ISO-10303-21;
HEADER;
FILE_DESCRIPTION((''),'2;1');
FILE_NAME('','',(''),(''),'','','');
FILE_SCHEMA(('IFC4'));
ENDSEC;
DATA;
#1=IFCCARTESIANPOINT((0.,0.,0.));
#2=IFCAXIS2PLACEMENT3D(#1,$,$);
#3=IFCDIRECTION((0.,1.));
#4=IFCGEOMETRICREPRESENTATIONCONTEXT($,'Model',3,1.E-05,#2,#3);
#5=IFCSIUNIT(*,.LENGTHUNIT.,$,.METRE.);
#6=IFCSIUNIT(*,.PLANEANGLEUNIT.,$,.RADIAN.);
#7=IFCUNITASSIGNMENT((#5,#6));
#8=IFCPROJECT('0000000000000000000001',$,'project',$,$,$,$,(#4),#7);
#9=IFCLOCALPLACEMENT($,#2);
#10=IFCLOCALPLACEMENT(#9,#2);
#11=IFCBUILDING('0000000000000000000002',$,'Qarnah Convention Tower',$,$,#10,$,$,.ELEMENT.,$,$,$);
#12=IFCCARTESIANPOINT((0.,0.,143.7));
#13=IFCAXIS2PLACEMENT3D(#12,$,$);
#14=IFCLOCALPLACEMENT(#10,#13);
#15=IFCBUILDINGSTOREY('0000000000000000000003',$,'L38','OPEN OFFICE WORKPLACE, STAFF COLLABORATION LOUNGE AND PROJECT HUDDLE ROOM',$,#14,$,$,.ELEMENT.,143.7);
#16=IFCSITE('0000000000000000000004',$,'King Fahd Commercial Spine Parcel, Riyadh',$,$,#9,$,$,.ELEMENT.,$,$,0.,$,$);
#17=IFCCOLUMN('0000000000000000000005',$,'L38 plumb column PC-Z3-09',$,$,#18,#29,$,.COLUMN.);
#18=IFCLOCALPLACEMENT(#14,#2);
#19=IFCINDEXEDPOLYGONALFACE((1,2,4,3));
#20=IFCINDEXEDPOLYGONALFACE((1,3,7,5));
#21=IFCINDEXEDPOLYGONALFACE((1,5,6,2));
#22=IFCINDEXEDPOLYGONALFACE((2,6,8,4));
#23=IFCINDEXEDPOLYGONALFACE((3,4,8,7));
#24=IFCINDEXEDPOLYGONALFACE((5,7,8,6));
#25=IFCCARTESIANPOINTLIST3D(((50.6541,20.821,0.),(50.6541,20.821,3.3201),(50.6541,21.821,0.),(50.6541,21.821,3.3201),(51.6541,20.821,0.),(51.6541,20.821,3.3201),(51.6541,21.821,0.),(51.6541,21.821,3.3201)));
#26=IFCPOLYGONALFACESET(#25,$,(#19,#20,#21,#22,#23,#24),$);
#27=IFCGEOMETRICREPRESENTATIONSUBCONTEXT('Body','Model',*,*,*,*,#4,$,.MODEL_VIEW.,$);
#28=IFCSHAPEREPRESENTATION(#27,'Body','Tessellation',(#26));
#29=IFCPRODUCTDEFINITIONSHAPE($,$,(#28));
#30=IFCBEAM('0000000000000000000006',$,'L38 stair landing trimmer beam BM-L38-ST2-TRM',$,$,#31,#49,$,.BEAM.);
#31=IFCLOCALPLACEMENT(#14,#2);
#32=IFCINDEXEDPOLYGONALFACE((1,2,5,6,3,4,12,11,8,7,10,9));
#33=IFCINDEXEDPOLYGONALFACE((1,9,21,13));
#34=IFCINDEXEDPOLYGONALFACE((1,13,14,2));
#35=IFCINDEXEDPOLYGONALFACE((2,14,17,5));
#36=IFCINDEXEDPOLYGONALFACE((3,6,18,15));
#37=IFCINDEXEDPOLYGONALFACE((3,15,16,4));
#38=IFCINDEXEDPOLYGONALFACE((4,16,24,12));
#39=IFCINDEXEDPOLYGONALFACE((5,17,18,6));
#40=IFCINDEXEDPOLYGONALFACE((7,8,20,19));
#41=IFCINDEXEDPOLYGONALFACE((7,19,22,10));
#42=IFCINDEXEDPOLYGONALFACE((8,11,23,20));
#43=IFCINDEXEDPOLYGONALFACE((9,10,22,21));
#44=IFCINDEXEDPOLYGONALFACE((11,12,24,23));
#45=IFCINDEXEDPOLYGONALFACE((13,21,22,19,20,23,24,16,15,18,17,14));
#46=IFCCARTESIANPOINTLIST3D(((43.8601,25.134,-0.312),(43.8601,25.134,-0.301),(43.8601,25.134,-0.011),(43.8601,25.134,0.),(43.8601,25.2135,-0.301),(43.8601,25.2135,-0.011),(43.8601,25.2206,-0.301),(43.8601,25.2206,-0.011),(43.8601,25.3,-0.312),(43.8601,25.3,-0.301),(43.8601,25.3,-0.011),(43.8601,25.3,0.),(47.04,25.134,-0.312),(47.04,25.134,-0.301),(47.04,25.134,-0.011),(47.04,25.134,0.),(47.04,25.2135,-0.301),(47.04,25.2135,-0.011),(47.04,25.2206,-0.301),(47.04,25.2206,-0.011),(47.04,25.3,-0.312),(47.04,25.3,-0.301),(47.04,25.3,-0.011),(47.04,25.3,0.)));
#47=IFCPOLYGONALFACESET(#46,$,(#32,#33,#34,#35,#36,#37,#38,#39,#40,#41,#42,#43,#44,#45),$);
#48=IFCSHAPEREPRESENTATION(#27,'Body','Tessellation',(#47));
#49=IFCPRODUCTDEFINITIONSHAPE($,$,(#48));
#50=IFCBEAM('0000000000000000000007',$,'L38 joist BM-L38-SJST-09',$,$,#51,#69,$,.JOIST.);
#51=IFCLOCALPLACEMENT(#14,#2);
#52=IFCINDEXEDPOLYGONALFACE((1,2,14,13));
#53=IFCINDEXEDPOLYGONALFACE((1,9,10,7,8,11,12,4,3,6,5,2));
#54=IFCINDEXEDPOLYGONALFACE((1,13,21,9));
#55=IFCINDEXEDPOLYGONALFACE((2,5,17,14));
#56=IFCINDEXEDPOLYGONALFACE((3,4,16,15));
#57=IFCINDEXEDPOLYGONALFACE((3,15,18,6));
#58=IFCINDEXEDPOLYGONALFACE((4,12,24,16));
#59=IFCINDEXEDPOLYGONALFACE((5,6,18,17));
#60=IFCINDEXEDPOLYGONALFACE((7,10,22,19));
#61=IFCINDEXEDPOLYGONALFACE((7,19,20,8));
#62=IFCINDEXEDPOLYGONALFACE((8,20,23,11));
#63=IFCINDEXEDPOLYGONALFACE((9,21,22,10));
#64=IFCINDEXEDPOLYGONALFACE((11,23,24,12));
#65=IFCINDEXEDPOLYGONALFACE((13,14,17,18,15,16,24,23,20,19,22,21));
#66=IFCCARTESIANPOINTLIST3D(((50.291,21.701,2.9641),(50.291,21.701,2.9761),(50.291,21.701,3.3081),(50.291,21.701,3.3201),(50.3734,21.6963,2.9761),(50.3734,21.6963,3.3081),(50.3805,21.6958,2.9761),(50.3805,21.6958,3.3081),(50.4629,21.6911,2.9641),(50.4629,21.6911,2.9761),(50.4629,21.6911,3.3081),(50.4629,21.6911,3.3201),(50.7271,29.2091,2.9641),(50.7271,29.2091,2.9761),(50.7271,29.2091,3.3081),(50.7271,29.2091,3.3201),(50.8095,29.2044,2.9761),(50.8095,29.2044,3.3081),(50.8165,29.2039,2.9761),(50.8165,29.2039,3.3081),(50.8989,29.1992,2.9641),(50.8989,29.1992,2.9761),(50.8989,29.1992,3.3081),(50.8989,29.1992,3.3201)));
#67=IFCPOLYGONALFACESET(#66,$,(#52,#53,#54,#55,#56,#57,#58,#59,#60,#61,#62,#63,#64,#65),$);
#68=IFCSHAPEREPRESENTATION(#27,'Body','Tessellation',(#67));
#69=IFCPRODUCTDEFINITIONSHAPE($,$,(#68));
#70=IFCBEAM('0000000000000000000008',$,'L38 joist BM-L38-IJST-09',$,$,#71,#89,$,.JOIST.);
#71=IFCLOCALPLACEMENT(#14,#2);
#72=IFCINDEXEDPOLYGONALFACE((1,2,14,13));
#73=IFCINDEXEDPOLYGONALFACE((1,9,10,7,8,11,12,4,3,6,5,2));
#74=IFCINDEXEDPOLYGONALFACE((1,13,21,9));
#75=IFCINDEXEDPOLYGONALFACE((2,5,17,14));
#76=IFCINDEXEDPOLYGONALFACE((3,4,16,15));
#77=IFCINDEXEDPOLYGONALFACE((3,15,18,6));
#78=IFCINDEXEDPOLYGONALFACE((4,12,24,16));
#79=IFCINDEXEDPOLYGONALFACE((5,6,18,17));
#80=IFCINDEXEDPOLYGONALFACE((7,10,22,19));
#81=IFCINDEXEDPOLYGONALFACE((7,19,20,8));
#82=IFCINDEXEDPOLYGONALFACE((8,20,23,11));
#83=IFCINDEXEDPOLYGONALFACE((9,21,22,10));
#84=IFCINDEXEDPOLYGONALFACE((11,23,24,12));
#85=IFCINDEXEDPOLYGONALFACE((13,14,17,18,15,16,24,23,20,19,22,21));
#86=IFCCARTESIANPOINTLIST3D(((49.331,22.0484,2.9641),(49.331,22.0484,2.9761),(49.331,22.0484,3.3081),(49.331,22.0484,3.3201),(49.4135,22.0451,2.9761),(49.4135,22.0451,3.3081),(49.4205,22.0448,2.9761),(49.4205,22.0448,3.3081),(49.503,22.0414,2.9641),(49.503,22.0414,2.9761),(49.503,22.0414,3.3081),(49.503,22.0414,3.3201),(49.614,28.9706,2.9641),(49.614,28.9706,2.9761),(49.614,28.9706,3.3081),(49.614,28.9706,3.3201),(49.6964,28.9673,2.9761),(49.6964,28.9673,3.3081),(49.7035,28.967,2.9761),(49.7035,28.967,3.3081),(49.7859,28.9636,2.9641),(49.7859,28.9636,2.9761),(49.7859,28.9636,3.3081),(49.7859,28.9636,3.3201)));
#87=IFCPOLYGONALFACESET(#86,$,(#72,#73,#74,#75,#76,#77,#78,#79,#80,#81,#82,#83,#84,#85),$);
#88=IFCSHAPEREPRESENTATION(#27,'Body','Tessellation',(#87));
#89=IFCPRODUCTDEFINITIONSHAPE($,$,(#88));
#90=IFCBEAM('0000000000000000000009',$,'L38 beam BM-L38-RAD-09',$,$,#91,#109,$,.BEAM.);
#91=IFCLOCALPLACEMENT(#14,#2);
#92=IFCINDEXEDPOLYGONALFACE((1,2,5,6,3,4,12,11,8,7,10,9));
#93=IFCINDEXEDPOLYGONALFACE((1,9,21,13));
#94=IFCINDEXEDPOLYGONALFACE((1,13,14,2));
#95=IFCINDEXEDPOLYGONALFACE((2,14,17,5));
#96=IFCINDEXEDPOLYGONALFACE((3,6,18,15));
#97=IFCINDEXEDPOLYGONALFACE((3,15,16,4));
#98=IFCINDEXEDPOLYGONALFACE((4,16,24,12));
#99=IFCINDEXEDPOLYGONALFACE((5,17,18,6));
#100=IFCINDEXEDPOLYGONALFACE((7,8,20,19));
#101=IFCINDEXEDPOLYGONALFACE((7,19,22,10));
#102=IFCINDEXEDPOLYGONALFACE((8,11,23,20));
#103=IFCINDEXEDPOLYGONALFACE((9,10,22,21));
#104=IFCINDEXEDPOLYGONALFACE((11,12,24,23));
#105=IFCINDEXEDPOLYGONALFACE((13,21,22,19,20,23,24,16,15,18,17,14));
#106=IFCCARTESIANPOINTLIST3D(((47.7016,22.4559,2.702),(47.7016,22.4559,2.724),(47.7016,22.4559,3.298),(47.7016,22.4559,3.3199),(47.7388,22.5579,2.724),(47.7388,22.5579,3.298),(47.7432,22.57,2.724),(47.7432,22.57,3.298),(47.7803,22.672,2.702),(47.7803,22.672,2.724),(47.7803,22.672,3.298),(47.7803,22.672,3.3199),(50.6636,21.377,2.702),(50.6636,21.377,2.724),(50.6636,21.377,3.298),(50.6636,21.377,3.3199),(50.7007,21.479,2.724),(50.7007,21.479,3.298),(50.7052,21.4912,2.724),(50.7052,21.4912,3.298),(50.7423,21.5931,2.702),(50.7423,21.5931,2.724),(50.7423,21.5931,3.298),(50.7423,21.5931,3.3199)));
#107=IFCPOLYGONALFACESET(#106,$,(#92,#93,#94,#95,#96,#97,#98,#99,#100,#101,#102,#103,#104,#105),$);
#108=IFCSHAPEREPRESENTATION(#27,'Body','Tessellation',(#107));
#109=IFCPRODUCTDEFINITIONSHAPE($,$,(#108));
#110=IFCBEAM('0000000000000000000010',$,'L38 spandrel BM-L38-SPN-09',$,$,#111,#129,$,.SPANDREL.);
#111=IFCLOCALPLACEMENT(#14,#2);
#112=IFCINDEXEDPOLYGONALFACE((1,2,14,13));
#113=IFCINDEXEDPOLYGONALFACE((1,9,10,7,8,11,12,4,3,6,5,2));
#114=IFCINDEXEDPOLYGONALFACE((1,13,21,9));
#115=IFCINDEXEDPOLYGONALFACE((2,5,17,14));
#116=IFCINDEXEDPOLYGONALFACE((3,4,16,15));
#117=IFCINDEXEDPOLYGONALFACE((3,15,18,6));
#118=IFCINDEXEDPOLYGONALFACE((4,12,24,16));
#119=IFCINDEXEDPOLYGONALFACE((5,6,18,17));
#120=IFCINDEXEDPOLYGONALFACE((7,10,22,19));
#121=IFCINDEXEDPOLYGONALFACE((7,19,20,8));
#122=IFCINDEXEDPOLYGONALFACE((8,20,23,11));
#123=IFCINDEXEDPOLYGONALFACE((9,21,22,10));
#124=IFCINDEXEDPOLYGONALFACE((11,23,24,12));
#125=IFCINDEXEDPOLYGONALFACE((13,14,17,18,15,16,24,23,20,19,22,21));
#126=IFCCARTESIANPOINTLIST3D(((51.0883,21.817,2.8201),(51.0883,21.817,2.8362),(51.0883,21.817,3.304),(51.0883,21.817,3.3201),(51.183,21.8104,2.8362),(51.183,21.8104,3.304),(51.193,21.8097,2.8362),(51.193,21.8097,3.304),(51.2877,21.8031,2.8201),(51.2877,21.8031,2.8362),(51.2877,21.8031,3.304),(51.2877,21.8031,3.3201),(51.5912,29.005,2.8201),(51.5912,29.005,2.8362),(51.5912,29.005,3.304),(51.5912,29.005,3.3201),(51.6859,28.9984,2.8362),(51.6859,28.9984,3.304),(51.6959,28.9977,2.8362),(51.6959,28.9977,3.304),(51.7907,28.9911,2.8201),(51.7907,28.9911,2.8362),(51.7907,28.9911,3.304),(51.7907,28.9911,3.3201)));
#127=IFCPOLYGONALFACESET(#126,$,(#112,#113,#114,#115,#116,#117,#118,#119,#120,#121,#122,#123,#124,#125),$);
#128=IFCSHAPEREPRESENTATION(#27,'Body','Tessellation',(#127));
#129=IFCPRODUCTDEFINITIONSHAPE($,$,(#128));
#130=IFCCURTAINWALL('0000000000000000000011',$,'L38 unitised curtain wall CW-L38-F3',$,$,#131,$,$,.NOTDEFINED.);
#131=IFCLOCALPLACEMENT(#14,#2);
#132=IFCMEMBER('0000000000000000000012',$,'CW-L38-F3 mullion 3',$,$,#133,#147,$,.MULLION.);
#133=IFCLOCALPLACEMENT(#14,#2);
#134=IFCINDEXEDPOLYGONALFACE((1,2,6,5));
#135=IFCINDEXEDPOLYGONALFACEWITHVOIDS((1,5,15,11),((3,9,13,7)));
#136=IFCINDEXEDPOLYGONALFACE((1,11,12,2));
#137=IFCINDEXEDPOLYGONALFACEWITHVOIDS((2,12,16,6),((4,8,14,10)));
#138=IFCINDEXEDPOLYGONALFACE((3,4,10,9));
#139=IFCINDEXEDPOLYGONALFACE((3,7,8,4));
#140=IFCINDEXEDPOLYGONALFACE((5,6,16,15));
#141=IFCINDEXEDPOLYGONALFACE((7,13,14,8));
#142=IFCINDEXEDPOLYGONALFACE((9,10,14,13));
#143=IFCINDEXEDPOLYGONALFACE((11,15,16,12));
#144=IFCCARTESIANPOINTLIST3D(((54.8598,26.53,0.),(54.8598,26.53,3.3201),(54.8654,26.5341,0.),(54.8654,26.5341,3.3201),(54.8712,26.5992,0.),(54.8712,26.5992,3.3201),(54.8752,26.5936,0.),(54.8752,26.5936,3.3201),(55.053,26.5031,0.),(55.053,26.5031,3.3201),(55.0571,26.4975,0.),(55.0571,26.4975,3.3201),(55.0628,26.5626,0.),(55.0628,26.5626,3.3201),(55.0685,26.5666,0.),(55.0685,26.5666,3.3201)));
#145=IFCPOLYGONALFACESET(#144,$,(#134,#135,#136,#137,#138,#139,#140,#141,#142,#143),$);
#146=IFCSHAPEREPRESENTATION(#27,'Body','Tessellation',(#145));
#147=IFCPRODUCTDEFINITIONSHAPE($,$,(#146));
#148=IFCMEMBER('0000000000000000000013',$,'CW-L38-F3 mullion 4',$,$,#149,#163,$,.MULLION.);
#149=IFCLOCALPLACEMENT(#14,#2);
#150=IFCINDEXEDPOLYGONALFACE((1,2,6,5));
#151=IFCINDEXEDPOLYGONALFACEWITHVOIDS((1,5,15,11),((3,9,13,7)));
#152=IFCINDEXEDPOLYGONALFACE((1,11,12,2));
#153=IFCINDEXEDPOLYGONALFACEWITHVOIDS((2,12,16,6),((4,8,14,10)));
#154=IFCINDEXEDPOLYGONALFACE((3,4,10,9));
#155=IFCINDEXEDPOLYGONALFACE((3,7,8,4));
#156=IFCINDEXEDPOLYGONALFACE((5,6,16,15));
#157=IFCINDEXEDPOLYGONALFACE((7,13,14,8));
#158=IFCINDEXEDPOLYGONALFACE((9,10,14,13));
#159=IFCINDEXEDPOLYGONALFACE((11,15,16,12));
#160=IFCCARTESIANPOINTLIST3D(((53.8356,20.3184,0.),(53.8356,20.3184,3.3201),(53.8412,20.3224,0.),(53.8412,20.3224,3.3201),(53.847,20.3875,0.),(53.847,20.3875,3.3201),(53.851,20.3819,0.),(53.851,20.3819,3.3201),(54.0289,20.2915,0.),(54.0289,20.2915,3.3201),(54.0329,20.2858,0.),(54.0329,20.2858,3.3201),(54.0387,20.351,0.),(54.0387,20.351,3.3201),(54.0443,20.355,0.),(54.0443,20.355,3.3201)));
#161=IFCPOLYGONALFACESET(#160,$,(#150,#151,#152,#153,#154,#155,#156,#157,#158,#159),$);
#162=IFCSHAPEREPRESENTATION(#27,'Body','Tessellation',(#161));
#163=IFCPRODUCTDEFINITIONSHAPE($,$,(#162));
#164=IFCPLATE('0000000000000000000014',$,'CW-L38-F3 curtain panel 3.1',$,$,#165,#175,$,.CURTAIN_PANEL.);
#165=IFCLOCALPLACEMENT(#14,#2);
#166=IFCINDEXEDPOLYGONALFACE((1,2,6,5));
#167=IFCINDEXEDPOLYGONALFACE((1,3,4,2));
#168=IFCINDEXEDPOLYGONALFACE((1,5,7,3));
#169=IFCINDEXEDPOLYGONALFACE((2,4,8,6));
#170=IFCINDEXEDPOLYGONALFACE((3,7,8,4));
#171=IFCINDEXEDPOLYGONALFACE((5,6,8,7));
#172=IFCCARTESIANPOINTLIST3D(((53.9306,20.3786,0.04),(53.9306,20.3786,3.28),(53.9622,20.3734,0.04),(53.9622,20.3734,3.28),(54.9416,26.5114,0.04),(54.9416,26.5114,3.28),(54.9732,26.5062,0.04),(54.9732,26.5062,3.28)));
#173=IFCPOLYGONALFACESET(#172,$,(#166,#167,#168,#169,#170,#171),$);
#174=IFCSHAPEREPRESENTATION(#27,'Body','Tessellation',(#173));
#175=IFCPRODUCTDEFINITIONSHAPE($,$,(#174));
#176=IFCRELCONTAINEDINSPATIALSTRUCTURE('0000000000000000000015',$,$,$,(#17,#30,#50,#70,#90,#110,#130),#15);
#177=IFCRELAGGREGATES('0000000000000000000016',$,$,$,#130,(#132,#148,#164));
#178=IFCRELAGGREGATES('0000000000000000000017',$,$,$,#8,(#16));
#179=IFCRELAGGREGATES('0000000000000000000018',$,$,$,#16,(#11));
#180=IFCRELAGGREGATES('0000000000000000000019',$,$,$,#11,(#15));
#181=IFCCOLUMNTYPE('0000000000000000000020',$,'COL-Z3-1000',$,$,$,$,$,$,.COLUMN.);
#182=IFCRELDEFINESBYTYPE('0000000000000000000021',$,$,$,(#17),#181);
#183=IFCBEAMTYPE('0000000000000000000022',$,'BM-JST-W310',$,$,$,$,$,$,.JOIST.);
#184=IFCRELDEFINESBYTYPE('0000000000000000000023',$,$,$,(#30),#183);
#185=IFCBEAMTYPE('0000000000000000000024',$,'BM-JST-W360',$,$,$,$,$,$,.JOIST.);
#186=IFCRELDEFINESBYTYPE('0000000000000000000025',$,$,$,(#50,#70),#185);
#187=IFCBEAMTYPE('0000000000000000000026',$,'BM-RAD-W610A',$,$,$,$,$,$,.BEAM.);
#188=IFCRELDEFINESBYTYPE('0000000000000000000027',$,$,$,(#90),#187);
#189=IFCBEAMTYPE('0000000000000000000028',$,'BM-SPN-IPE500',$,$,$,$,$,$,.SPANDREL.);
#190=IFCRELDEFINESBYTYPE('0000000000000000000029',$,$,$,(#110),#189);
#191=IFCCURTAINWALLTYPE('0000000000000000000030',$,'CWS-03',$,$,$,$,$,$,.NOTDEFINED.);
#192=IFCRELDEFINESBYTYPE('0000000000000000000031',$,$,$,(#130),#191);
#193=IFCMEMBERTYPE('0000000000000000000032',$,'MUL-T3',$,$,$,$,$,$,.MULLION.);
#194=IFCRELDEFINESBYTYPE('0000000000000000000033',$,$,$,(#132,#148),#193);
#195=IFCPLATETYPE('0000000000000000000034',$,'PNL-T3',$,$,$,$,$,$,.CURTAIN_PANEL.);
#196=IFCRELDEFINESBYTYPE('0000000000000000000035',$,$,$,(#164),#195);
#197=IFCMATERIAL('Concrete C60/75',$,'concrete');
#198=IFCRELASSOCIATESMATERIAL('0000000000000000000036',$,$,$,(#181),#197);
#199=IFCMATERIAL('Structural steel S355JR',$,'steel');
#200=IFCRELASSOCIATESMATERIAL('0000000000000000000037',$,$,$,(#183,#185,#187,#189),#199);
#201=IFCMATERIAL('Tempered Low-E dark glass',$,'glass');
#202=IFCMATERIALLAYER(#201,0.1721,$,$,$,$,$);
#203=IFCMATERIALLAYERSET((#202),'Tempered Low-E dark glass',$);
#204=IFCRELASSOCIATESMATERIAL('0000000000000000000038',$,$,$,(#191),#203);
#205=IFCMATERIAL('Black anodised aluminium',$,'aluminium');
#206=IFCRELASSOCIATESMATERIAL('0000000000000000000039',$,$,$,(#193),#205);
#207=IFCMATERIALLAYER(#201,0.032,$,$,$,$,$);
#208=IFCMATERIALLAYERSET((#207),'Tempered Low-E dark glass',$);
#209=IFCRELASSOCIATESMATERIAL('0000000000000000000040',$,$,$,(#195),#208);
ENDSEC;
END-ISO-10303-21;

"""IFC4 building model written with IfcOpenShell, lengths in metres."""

from ifc_helpers import new_model, si_unit, direction, frame, origin, origin_2d, place, context, subcontext, project, spatial, rectangle, hollow_rectangle, i_section, extrude, material, layer, layer_set, material_profile, profile_set, type_object, element, aggregate, save


model = new_model("IFC4")

# Units and contexts
model_context = context("Model", 3, precision=1e-05, world=origin(), true_north=direction((0.0, 1.0)))
body_context = subcontext(model_context, "Body", "Model", "MODEL_VIEW")
ifc_project = project(units=[si_unit("LENGTHUNIT", "METRE"), si_unit("PLANEANGLEUNIT", "RADIAN")], contexts=[model_context])

# Site, building, storey
site_placement = place(None, origin())
site = spatial("IfcSite", under=ifc_project, at=site_placement, Name="King Fahd Commercial Spine Parcel, Riyadh", CompositionType="ELEMENT", RefElevation=0.0)
building_placement = place(site_placement, origin())
building = spatial("IfcBuilding", under=site, at=building_placement, Name="Qarnah Convention Tower", CompositionType="ELEMENT")
storey_placement = place(building_placement, frame((0.0, 0.0, 143.7)))
storey = spatial("IfcBuildingStorey", under=building, at=storey_placement, Name="L38", Description="OPEN OFFICE WORKPLACE, STAFF COLLABORATION LOUNGE AND PROJECT HUDDLE ROOM", CompositionType="ELEMENT", Elevation=143.7)

# Column
ifc_material_1 = material(Name="Concrete C60/75", Category="concrete")
ifc_material_profile_1 = material_profile(ifc_material_1, rectangle(XDim=1.0, YDim=1.0, at=origin_2d()), Name="RC-COL-1000X1000")
ifc_profile_set_1 = profile_set([ifc_material_profile_1], Name="Concrete C60/75")
column_type = type_object("IfcColumnType", Name="COL-Z3-1000", PredefinedType="COLUMN", material=ifc_profile_set_1)
column_placement = place(storey_placement, frame((51.1541, 21.321, 0.0), z_axis=(0.0, 0.0, 1.0), x_axis=(1.0, 0.0, 0.0)))
element("IfcColumn", 1, at=column_placement, inside=storey, type_object=column_type, Name="L38 plumb column PC-Z3-09", PredefinedType="COLUMN", context=body_context, shape_type="SweptSolid", body=[
    extrude(rectangle(XDim=1.0, YDim=1.0, at=origin_2d()), origin(), (0.0, 0.0, 1.0), 3.3201),
])

# Beams
ifc_material_2 = material(Name="Structural steel S355JR", Category="steel")
ifc_material_profile_2 = material_profile(ifc_material_2, i_section(OverallWidth=0.166, OverallDepth=0.312, WebThickness=0.0071, FlangeThickness=0.011, at=origin_2d()), Name="W310X45")
ifc_profile_set_2 = profile_set([ifc_material_profile_2], Name="Structural steel S355JR")
beam_type_1 = type_object("IfcBeamType", Name="BM-JST-W310", PredefinedType="JOIST", material=ifc_profile_set_2)
beam_1_placement = place(storey_placement, frame((43.8601, 25.217, -0.156), z_axis=(1.0, 0.0, 0.0), x_axis=(0.0, 1.0, 0.0)))
element("IfcBeam", 2, at=beam_1_placement, inside=storey, type_object=beam_type_1, Name="L38 stair landing trimmer beam BM-L38-ST2-TRM", PredefinedType="BEAM", context=body_context, shape_type="SweptSolid", body=[
    extrude(i_section(OverallWidth=0.166, OverallDepth=0.312, WebThickness=0.0071, FlangeThickness=0.011, at=origin_2d()), origin(), (0.0, 0.0, 1.0), 3.1799),
])
ifc_material_profile_3 = material_profile(ifc_material_2, i_section(OverallWidth=0.1721, OverallDepth=0.356, WebThickness=0.0071, FlangeThickness=0.012, at=origin_2d()), Name="W360X51")
ifc_profile_set_3 = profile_set([ifc_material_profile_3], Name="Structural steel S355JR")
beam_type_2 = type_object("IfcBeamType", Name="BM-JST-W360", PredefinedType="JOIST", material=ifc_profile_set_3)
beam_2_placement = place(storey_placement, frame((50.377, 21.696, 3.1421), z_axis=(0.057978, 0.998318, 0.0), x_axis=(-0.998318, 0.057978, 0.0)))
element("IfcBeam", 3, at=beam_2_placement, inside=storey, type_object=beam_type_2, Name="L38 joist BM-L38-SJST-09", PredefinedType="JOIST", context=body_context, shape_type="SweptSolid", body=[
    extrude(i_section(OverallWidth=0.1721, OverallDepth=0.356, WebThickness=0.0071, FlangeThickness=0.012, at=origin_2d()), origin(), (0.0, 0.0, 1.0), 7.5208),
])
beam_3_placement = place(storey_placement, frame((49.417, 22.0449, 3.1421), z_axis=(0.040843, 0.999166, 0.0), x_axis=(-0.999166, 0.040843, 0.0)))
element("IfcBeam", 4, at=beam_3_placement, inside=storey, type_object=beam_type_2, Name="L38 joist BM-L38-IJST-09", PredefinedType="JOIST", context=body_context, shape_type="SweptSolid", body=[
    extrude(i_section(OverallWidth=0.1721, OverallDepth=0.356, WebThickness=0.0071, FlangeThickness=0.012, at=origin_2d()), origin(), (0.0, 0.0, 1.0), 6.928),
])
ifc_material_profile_4 = material_profile(ifc_material_2, i_section(OverallWidth=0.23, OverallDepth=0.6179, WebThickness=0.0129, FlangeThickness=0.022, at=origin_2d()), Name="W610X140")
ifc_profile_set_4 = profile_set([ifc_material_profile_4], Name="Structural steel S355JR")
beam_type_3 = type_object("IfcBeamType", Name="BM-RAD-W610A", PredefinedType="BEAM", material=ifc_profile_set_4)
beam_4_placement = place(storey_placement, frame((47.741, 22.564, 3.011), z_axis=(0.93961, -0.342247, 0.0), x_axis=(0.342247, 0.93961, 0.0)))
element("IfcBeam", 5, at=beam_4_placement, inside=storey, type_object=beam_type_3, Name="L38 beam BM-L38-RAD-09", PredefinedType="BEAM", context=body_context, shape_type="SweptSolid", body=[
    extrude(i_section(OverallWidth=0.23, OverallDepth=0.6179, WebThickness=0.0129, FlangeThickness=0.022, at=origin_2d()), origin(), (0.0, 0.0, 1.0), 3.1523),
])
ifc_material_profile_5 = material_profile(ifc_material_2, i_section(OverallWidth=0.2, OverallDepth=0.5, WebThickness=0.01, FlangeThickness=0.0161, at=origin_2d()), Name="IPE500")
ifc_profile_set_5 = profile_set([ifc_material_profile_5], Name="Structural steel S355JR")
beam_type_4 = type_object("IfcBeamType", Name="BM-SPN-IPE500", PredefinedType="SPANDREL", material=ifc_profile_set_5)
beam_5_placement = place(storey_placement, frame((51.188, 21.8101, 3.0701), z_axis=(0.069797, 0.997561, 0.0), x_axis=(-0.997561, 0.069797, 0.0)))
element("IfcBeam", 6, at=beam_5_placement, inside=storey, type_object=beam_type_4, Name="L38 spandrel BM-L38-SPN-09", PredefinedType="SPANDREL", context=body_context, shape_type="SweptSolid", body=[
    extrude(i_section(OverallWidth=0.2, OverallDepth=0.5, WebThickness=0.01, FlangeThickness=0.0161, at=origin_2d()), origin(), (0.0, 0.0, 1.0), 7.2056),
])

# Curtain wall, members, plate
ifc_material_3 = material(Name="Tempered Low-E dark glass", Category="glass")
ifc_layer_1 = layer(ifc_material_3, 0.1721)
ifc_layer_set_1 = layer_set([ifc_layer_1], Name="Tempered Low-E dark glass")
curtain_wall_type = type_object("IfcCurtainWallType", Name="CWS-03", PredefinedType="NOTDEFINED", material=ifc_layer_set_1)
curtain_wall_placement = place(storey_placement, origin())
curtain_wall = element("IfcCurtainWall", 7, at=curtain_wall_placement, inside=storey, type_object=curtain_wall_type, Name="L38 unitised curtain wall CW-L38-F3", PredefinedType="NOTDEFINED")
ifc_material_4 = material(Name="Black anodised aluminium", Category="aluminium")
ifc_material_profile_6 = material_profile(ifc_material_4, hollow_rectangle(XDim=0.0701, YDim=0.2, WallThickness=0.0049, at=origin_2d()), Name="MUL-70X200")
ifc_profile_set_6 = profile_set([ifc_material_profile_6], Name="Black anodised aluminium")
member_type = type_object("IfcMemberType", Name="MUL-T3", PredefinedType="MULLION", material=ifc_profile_set_6)
member_1_placement = place(storey_placement, frame((54.9641, 26.5483, 0.0), z_axis=(0.0, 0.0, 1.0), x_axis=(-0.162652, -0.986683, 0.0)))
member_1 = element("IfcMember", 8, at=member_1_placement, type_object=member_type, Name="CW-L38-F3 mullion 3", PredefinedType="MULLION", context=body_context, shape_type="SweptSolid", body=[
    extrude(hollow_rectangle(XDim=0.0701, YDim=0.2, WallThickness=0.0049, at=origin_2d()), origin(), (0.0, 0.0, 1.0), 3.3201),
])
member_2_placement = place(storey_placement, frame((53.9399, 20.3367, 0.0), z_axis=(0.0, 0.0, 1.0), x_axis=(-0.162652, -0.986683, 0.0)))
member_2 = element("IfcMember", 9, at=member_2_placement, type_object=member_type, Name="CW-L38-F3 mullion 4", PredefinedType="MULLION", context=body_context, shape_type="SweptSolid", body=[
    extrude(hollow_rectangle(XDim=0.0701, YDim=0.2, WallThickness=0.0049, at=origin_2d()), origin(), (0.0, 0.0, 1.0), 3.3201),
])
ifc_layer_2 = layer(ifc_material_3, 0.032)
ifc_layer_set_2 = layer_set([ifc_layer_2], Name="Tempered Low-E dark glass")
plate_type = type_object("IfcPlateType", Name="PNL-T3", PredefinedType="CURTAIN_PANEL", material=ifc_layer_set_2)
plate_placement = place(storey_placement, frame((54.4519, 23.4424, 0.04), z_axis=(0.0, 0.0, 1.0), x_axis=(-0.162652, -0.986683, 0.0)))
plate = element("IfcPlate", 10, at=plate_placement, type_object=plate_type, Name="CW-L38-F3 curtain panel 3.1", PredefinedType="CURTAIN_PANEL", context=body_context, shape_type="SweptSolid", body=[
    extrude(rectangle(XDim=6.2156, YDim=0.032, at=origin_2d()), origin(), (0.0, 0.0, 1.0), 3.24),
])
aggregate(curtain_wall, [member_1, member_2, plate])

save(model, "model.ifc")
